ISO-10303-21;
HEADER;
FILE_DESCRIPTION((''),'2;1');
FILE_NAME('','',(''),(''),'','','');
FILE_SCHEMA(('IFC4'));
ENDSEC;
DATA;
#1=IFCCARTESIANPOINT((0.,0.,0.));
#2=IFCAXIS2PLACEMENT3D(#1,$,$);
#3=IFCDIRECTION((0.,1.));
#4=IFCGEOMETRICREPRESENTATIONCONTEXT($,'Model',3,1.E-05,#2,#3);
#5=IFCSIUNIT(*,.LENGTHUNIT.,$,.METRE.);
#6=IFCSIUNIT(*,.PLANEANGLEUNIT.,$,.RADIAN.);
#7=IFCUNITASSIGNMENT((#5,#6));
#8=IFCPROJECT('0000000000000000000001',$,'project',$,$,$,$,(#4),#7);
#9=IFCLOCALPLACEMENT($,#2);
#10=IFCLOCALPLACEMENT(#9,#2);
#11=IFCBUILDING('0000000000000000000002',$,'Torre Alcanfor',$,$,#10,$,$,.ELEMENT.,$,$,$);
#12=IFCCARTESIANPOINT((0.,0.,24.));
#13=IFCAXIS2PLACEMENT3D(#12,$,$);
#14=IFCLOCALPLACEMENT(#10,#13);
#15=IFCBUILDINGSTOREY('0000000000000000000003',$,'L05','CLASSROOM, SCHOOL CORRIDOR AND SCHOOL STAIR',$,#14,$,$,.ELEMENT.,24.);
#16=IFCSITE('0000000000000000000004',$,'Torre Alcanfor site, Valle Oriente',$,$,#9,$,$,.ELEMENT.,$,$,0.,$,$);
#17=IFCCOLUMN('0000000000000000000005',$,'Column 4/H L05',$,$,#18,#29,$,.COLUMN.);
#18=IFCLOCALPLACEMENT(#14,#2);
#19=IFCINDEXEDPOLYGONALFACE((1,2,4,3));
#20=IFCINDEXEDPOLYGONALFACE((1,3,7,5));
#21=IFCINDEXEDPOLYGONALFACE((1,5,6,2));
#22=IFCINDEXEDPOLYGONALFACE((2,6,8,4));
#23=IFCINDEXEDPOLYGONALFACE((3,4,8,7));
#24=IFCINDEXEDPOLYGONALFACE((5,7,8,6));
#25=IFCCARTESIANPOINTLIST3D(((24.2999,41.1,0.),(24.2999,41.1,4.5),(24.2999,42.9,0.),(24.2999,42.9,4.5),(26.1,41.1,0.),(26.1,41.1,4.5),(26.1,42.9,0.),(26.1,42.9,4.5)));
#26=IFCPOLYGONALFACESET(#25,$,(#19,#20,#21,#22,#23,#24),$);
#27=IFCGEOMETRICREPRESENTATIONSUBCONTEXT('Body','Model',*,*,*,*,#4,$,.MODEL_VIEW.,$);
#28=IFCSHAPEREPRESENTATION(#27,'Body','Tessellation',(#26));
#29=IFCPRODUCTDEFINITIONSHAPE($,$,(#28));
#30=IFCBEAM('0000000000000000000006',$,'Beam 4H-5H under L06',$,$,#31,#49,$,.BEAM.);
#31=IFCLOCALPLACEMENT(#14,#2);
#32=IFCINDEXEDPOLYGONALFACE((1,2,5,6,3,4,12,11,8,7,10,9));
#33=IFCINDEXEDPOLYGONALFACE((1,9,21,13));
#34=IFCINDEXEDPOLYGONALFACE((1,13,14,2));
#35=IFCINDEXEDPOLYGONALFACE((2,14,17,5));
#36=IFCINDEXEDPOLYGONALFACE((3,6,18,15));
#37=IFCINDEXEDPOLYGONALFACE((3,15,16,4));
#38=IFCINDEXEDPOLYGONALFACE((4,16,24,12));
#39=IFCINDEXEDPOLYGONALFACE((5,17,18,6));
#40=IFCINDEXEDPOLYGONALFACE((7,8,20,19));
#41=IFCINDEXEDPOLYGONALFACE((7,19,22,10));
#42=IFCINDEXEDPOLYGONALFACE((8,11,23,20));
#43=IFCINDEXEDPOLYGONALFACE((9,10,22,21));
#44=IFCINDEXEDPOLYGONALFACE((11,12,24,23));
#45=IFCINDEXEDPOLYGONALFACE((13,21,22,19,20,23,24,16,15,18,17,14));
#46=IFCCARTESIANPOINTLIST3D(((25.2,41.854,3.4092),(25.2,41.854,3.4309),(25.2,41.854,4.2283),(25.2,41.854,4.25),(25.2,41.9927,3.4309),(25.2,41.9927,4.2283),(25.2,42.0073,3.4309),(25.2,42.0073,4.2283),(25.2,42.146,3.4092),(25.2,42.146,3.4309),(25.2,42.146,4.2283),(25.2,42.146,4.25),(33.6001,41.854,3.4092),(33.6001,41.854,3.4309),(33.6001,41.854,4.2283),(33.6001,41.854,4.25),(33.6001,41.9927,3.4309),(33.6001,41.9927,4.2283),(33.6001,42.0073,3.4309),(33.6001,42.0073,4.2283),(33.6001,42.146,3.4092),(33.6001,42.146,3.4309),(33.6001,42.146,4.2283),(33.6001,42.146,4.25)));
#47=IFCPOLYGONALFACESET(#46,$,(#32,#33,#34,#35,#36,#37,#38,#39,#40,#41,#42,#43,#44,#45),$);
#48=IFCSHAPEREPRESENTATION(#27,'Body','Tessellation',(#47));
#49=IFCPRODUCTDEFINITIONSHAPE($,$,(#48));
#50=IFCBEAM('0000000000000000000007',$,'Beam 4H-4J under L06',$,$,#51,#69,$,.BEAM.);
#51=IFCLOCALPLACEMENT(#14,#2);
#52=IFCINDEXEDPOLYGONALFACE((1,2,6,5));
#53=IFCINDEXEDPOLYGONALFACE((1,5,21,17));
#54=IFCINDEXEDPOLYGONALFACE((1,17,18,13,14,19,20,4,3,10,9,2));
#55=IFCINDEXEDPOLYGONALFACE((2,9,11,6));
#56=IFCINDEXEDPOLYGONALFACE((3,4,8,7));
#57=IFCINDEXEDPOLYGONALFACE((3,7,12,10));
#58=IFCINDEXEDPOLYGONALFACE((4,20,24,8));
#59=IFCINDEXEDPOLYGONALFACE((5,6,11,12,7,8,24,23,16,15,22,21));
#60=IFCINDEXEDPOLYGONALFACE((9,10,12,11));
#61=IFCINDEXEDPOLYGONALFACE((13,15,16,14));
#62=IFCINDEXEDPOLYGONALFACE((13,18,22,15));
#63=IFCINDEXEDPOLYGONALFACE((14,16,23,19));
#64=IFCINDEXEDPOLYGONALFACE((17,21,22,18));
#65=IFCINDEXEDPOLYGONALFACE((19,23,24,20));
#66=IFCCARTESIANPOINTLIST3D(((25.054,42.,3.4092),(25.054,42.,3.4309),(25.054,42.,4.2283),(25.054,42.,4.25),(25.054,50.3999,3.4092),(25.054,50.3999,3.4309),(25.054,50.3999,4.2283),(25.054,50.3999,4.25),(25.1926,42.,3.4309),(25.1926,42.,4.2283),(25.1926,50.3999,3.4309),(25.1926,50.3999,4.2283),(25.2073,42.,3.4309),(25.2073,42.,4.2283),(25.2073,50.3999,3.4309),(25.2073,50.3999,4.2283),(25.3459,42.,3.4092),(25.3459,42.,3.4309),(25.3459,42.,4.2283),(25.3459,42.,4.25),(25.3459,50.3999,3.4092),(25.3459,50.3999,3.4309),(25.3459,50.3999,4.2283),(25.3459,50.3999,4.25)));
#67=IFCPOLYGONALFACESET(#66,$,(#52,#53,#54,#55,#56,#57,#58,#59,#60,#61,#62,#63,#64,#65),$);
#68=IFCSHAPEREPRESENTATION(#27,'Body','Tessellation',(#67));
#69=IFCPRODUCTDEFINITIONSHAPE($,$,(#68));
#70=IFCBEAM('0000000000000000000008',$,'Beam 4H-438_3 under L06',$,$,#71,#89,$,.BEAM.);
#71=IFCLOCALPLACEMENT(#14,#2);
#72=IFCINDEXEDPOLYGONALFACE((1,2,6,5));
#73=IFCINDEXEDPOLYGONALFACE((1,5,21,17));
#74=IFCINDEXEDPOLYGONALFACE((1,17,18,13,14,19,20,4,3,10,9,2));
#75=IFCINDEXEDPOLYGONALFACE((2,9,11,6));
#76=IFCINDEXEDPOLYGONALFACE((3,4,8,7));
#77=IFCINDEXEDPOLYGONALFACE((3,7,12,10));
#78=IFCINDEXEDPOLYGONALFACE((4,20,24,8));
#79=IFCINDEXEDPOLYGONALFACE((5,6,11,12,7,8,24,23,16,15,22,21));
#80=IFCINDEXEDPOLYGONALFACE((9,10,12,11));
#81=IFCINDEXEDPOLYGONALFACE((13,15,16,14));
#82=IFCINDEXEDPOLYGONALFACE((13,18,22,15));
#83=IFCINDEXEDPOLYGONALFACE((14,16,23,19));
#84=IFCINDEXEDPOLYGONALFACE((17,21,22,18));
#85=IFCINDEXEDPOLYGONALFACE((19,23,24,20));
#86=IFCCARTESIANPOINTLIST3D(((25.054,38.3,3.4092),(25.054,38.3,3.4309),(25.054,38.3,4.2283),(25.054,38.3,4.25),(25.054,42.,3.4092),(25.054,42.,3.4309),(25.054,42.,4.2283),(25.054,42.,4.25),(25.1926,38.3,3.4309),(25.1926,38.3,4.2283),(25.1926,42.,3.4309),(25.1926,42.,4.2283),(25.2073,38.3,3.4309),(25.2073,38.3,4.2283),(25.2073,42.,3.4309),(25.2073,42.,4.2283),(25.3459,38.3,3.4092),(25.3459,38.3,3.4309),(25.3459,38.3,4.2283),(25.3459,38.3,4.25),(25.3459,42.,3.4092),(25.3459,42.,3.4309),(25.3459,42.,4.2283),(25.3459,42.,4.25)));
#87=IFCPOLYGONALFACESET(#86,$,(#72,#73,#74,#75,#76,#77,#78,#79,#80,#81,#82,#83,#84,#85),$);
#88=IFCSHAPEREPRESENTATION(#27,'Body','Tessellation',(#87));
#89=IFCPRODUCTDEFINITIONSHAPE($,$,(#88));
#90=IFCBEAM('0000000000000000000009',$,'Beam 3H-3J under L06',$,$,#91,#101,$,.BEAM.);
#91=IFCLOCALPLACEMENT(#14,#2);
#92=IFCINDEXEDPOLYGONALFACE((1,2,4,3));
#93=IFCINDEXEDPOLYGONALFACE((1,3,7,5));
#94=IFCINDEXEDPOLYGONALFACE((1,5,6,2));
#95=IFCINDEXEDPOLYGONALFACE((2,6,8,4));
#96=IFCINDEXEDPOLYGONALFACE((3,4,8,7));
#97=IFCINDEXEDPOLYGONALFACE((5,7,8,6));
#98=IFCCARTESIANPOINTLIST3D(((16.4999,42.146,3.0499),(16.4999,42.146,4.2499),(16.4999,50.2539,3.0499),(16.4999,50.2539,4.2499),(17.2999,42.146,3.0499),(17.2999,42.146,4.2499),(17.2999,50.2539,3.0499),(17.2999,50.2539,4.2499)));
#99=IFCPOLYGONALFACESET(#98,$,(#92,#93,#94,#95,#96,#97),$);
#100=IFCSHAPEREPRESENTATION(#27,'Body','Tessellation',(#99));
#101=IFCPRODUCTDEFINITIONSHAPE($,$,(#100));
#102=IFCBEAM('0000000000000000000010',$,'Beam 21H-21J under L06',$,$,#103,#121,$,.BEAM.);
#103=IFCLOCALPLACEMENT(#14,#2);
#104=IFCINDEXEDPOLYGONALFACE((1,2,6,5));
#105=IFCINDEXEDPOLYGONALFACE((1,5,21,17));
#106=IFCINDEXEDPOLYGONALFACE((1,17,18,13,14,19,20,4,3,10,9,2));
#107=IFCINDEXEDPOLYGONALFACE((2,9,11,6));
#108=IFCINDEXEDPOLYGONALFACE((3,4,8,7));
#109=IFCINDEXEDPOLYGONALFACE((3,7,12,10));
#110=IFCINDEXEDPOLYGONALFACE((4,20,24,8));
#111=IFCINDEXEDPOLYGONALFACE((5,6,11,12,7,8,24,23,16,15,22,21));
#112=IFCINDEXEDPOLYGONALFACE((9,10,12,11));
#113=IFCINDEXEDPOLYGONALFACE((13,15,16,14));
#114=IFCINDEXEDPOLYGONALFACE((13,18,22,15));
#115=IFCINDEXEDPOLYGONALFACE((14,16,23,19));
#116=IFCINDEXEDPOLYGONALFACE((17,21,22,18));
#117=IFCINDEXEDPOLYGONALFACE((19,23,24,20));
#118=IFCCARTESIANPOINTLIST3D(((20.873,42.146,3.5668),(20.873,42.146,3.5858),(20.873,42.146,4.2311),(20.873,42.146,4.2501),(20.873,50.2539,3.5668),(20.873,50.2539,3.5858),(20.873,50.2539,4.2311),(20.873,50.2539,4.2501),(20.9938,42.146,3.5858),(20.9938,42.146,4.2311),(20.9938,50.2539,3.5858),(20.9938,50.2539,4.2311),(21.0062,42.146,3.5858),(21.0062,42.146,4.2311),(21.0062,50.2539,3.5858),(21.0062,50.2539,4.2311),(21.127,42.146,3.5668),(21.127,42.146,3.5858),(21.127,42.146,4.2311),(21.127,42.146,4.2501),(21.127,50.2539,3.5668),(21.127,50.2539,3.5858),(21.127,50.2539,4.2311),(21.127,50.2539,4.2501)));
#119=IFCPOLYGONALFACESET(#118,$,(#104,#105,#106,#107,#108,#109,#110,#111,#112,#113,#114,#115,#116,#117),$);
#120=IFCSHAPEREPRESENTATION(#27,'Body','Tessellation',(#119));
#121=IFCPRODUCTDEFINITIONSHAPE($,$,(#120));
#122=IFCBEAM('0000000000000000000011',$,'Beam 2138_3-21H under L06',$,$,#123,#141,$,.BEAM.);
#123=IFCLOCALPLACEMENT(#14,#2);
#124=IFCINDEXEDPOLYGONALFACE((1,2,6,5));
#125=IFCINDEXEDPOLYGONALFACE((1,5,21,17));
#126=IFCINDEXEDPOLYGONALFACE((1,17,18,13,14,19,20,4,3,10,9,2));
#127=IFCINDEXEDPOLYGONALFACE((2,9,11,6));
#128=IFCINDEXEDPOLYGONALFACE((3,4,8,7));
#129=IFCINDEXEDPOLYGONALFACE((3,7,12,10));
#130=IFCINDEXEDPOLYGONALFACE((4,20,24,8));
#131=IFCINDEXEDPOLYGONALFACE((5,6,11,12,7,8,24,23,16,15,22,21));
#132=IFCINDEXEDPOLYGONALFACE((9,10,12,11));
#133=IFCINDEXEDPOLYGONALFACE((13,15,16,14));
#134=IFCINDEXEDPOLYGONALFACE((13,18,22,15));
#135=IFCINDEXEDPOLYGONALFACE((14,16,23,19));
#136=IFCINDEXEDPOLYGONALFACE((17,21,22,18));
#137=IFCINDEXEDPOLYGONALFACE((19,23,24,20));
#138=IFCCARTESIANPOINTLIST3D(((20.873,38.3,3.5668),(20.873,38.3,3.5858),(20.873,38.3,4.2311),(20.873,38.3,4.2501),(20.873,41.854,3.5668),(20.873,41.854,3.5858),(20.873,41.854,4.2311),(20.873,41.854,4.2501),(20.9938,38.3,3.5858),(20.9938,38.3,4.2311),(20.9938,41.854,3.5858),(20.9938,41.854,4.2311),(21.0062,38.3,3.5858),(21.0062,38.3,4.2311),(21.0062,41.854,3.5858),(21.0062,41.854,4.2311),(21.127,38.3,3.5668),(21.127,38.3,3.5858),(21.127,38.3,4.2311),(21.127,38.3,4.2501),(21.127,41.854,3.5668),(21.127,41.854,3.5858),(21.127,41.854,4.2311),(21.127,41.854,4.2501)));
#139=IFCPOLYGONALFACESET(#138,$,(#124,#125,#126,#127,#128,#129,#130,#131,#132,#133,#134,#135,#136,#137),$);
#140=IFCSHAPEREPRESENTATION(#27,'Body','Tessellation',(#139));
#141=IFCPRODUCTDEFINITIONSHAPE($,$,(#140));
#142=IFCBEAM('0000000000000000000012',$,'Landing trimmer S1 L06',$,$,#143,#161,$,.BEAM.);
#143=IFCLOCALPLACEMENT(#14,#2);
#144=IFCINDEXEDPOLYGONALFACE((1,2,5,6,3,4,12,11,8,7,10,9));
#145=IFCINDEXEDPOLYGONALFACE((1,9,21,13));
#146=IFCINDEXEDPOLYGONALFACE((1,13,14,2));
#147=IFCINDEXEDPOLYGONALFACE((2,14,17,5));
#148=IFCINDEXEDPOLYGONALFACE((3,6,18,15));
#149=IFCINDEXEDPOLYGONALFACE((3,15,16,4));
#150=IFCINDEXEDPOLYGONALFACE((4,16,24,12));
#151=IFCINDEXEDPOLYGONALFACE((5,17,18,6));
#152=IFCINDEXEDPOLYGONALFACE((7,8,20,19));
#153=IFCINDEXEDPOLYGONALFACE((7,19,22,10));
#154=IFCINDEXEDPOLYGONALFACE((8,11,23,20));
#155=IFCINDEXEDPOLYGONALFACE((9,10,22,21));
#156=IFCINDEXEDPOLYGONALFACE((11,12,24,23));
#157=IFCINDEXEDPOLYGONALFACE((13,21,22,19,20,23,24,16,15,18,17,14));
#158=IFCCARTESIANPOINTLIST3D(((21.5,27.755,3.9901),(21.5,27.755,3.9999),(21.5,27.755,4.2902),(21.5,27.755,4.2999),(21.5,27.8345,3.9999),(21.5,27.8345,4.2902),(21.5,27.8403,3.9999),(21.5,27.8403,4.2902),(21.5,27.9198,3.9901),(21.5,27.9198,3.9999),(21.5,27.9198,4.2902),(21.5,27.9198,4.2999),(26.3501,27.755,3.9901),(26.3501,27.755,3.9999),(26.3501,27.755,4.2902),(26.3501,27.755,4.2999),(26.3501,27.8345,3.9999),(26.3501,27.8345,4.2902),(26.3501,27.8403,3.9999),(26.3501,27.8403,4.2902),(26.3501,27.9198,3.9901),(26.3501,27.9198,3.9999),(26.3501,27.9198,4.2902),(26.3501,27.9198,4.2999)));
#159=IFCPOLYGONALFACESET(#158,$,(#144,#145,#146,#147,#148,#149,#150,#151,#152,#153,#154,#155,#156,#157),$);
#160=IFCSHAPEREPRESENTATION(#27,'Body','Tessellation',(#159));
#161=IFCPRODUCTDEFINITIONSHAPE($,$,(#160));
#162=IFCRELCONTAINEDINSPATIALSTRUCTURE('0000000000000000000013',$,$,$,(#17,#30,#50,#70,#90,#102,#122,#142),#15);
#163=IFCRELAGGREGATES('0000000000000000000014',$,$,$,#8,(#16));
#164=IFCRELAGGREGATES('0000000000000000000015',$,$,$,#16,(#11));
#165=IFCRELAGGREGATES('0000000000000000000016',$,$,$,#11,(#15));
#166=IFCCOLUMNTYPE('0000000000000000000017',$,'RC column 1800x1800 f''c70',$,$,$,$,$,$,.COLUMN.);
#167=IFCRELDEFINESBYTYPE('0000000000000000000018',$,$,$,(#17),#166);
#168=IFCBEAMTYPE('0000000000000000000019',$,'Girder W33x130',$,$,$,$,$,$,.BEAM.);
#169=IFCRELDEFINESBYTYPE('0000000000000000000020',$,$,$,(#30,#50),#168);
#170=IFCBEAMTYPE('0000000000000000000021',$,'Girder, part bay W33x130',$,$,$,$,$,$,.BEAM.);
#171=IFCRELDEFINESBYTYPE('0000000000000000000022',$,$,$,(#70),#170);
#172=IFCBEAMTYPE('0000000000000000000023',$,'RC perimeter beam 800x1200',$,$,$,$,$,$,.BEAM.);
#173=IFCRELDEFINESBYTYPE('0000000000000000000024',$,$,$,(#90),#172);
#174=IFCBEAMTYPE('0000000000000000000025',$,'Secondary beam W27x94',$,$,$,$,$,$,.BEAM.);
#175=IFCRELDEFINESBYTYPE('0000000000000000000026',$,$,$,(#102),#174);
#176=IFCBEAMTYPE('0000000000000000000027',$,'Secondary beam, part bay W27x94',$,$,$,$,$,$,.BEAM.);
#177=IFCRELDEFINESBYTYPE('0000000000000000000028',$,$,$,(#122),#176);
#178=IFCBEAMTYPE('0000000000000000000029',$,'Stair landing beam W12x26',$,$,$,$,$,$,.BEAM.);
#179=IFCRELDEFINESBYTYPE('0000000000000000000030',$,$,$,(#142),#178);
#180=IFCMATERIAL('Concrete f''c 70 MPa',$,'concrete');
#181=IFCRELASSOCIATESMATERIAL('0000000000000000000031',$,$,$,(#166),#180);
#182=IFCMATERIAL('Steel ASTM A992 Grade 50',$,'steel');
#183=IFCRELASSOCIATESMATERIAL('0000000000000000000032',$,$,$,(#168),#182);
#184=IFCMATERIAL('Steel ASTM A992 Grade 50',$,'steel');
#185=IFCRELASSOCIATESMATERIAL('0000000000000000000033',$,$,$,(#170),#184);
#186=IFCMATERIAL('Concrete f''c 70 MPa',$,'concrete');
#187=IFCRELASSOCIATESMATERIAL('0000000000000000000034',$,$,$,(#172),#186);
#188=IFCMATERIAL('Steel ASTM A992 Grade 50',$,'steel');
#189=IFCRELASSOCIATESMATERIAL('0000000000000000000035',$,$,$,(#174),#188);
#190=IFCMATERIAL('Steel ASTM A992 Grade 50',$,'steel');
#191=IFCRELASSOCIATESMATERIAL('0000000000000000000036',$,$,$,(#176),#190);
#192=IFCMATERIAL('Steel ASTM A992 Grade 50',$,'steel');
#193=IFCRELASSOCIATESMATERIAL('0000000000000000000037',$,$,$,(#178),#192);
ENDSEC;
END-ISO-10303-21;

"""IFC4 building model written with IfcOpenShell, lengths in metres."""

from ifc_helpers import new_model, si_unit, direction, frame, origin, origin_2d, place, context, subcontext, project, spatial, rectangle, i_section, extrude, material, material_profile, profile_set, type_object, element, save


model = new_model("IFC4")

# Units and contexts
model_context = context("Model", 3, precision=1e-05, world=origin(), true_north=direction((0.0, 1.0)))
body_context = subcontext(model_context, "Body", "Model", "MODEL_VIEW")
ifc_project = project(units=[si_unit("LENGTHUNIT", "METRE"), si_unit("PLANEANGLEUNIT", "RADIAN")], contexts=[model_context])

# Site, building, storey
site_placement = place(None, origin())
site = spatial("IfcSite", under=ifc_project, at=site_placement, Name="Torre Alcanfor site, Valle Oriente", CompositionType="ELEMENT", RefElevation=0.0)
building_placement = place(site_placement, origin())
building = spatial("IfcBuilding", under=site, at=building_placement, Name="Torre Alcanfor", CompositionType="ELEMENT")
storey_placement = place(building_placement, frame((0.0, 0.0, 24.0)))
storey = spatial("IfcBuildingStorey", under=building, at=storey_placement, Name="L05", Description="CLASSROOM, SCHOOL CORRIDOR AND SCHOOL STAIR", CompositionType="ELEMENT", Elevation=24.0)

# Column
ifc_material_1 = material(Name="Concrete f'c 70 MPa", Category="concrete")
ifc_material_profile_1 = material_profile(ifc_material_1, rectangle(XDim=1.8, YDim=1.8, at=origin_2d()), Name="1800x1800")
ifc_profile_set_1 = profile_set([ifc_material_profile_1], Name="Concrete f'c 70 MPa")
column_type = type_object("IfcColumnType", Name="RC column 1800x1800 f'c70", PredefinedType="COLUMN", material=ifc_profile_set_1)
column_placement = place(storey_placement, frame((25.2, 42.0, 0.0), z_axis=(0.0, 0.0, 1.0), x_axis=(1.0, 0.0, 0.0)))
element("IfcColumn", 1, at=column_placement, inside=storey, type_object=column_type, Name="Column 4/H L05", PredefinedType="COLUMN", context=body_context, shape_type="SweptSolid", body=[
    extrude(rectangle(XDim=1.8, YDim=1.8, at=origin_2d()), origin(), (0.0, 0.0, 1.0), 4.5),
])

# Beams
ifc_material_2 = material(Name="Steel ASTM A992 Grade 50", Category="steel")
ifc_material_profile_2 = material_profile(ifc_material_2, i_section(OverallWidth=0.292, OverallDepth=0.8408, WebThickness=0.0146, FlangeThickness=0.0217, at=origin_2d()), Name="W33x130")
ifc_profile_set_2 = profile_set([ifc_material_profile_2], Name="Steel ASTM A992 Grade 50")
beam_type_1 = type_object("IfcBeamType", Name="Girder W33x130", PredefinedType="BEAM", material=ifc_profile_set_2)
beam_1_placement = place(storey_placement, frame((25.2, 42.0, 3.8296), z_axis=(1.0, 0.0, 0.0), x_axis=(0.0, 1.0, 0.0)))
element("IfcBeam", 2, at=beam_1_placement, inside=storey, type_object=beam_type_1, Name="Beam 4H-5H under L06", PredefinedType="BEAM", context=body_context, shape_type="SweptSolid", body=[
    extrude(i_section(OverallWidth=0.292, OverallDepth=0.8408, WebThickness=0.0146, FlangeThickness=0.0217, at=origin_2d()), origin(), (0.0, 0.0, 1.0), 8.4001),
])
beam_2_placement = place(storey_placement, frame((25.2, 42.0, 3.8296), z_axis=(0.0, 1.0, 0.0), x_axis=(-1.0, 0.0, 0.0)))
element("IfcBeam", 3, at=beam_2_placement, inside=storey, type_object=beam_type_1, Name="Beam 4H-4J under L06", PredefinedType="BEAM", context=body_context, shape_type="SweptSolid", body=[
    extrude(i_section(OverallWidth=0.292, OverallDepth=0.8408, WebThickness=0.0146, FlangeThickness=0.0217, at=origin_2d()), origin(), (0.0, 0.0, 1.0), 8.3999),
])
ifc_material_3 = material(Name="Steel ASTM A992 Grade 50", Category="steel")
ifc_material_profile_3 = material_profile(ifc_material_3, i_section(OverallWidth=0.292, OverallDepth=0.8408, WebThickness=0.0146, FlangeThickness=0.0217, at=origin_2d()), Name="W33x130")
ifc_profile_set_3 = profile_set([ifc_material_profile_3], Name="Steel ASTM A992 Grade 50")
beam_type_2 = type_object("IfcBeamType", Name="Girder, part bay W33x130", PredefinedType="BEAM", material=ifc_profile_set_3)
beam_3_placement = place(storey_placement, frame((25.2, 42.0, 3.8296), z_axis=(0.0, -1.0, 0.0), x_axis=(1.0, 0.0, 0.0)))
element("IfcBeam", 4, at=beam_3_placement, inside=storey, type_object=beam_type_2, Name="Beam 4H-438_3 under L06", PredefinedType="BEAM", context=body_context, shape_type="SweptSolid", body=[
    extrude(i_section(OverallWidth=0.292, OverallDepth=0.8408, WebThickness=0.0146, FlangeThickness=0.0217, at=origin_2d()), origin(), (0.0, 0.0, 1.0), 3.7),
])
ifc_material_4 = material(Name="Concrete f'c 70 MPa", Category="concrete")
ifc_material_profile_4 = material_profile(ifc_material_4, rectangle(XDim=0.8, YDim=1.2, at=origin_2d()), Name="800x1200")
ifc_profile_set_4 = profile_set([ifc_material_profile_4], Name="Concrete f'c 70 MPa")
beam_type_3 = type_object("IfcBeamType", Name="RC perimeter beam 800x1200", PredefinedType="BEAM", material=ifc_profile_set_4)
beam_4_placement = place(storey_placement, frame((16.8999, 42.146, 3.6499), z_axis=(0.0, 1.0, 0.0), x_axis=(-1.0, 0.0, 0.0)))
element("IfcBeam", 5, at=beam_4_placement, inside=storey, type_object=beam_type_3, Name="Beam 3H-3J under L06", PredefinedType="BEAM", context=body_context, shape_type="SweptSolid", body=[
    extrude(rectangle(XDim=0.8, YDim=1.2, at=origin_2d()), origin(), (0.0, 0.0, 1.0), 8.1079),
])
ifc_material_5 = material(Name="Steel ASTM A992 Grade 50", Category="steel")
ifc_material_profile_5 = material_profile(ifc_material_5, i_section(OverallWidth=0.2539, OverallDepth=0.6833, WebThickness=0.0125, FlangeThickness=0.019, at=origin_2d()), Name="W27x94")
ifc_profile_set_5 = profile_set([ifc_material_profile_5], Name="Steel ASTM A992 Grade 50")
beam_type_4 = type_object("IfcBeamType", Name="Secondary beam W27x94", PredefinedType="BEAM", material=ifc_profile_set_5)
beam_5_placement = place(storey_placement, frame((21.0, 42.146, 3.9084), z_axis=(0.0, 1.0, 0.0), x_axis=(-1.0, 0.0, 0.0)))
element("IfcBeam", 6, at=beam_5_placement, inside=storey, type_object=beam_type_4, Name="Beam 21H-21J under L06", PredefinedType="BEAM", context=body_context, shape_type="SweptSolid", body=[
    extrude(i_section(OverallWidth=0.2539, OverallDepth=0.6833, WebThickness=0.0125, FlangeThickness=0.019, at=origin_2d()), origin(), (0.0, 0.0, 1.0), 8.1079),
])
ifc_material_6 = material(Name="Steel ASTM A992 Grade 50", Category="steel")
ifc_material_profile_6 = material_profile(ifc_material_6, i_section(OverallWidth=0.2539, OverallDepth=0.6833, WebThickness=0.0125, FlangeThickness=0.019, at=origin_2d()), Name="W27x94")
ifc_profile_set_6 = profile_set([ifc_material_profile_6], Name="Steel ASTM A992 Grade 50")
beam_type_5 = type_object("IfcBeamType", Name="Secondary beam, part bay W27x94", PredefinedType="BEAM", material=ifc_profile_set_6)
beam_6_placement = place(storey_placement, frame((21.0, 38.3, 3.9084), z_axis=(0.0, 1.0, 0.0), x_axis=(-1.0, 0.0, 0.0)))
element("IfcBeam", 7, at=beam_6_placement, inside=storey, type_object=beam_type_5, Name="Beam 2138_3-21H under L06", PredefinedType="BEAM", context=body_context, shape_type="SweptSolid", body=[
    extrude(i_section(OverallWidth=0.2539, OverallDepth=0.6833, WebThickness=0.0125, FlangeThickness=0.019, at=origin_2d()), origin(), (0.0, 0.0, 1.0), 3.554),
])
ifc_material_7 = material(Name="Steel ASTM A992 Grade 50", Category="steel")
ifc_material_profile_7 = material_profile(ifc_material_7, i_section(OverallWidth=0.1648, OverallDepth=0.3098, WebThickness=0.0059, FlangeThickness=0.0098, at=origin_2d()), Name="W12x26")
ifc_profile_set_7 = profile_set([ifc_material_profile_7], Name="Steel ASTM A992 Grade 50")
beam_type_6 = type_object("IfcBeamType", Name="Stair landing beam W12x26", PredefinedType="BEAM", material=ifc_profile_set_7)
beam_7_placement = place(storey_placement, frame((21.5, 27.8374, 4.145), z_axis=(1.0, 0.0, 0.0), x_axis=(0.0, 1.0, 0.0)))
element("IfcBeam", 8, at=beam_7_placement, inside=storey, type_object=beam_type_6, Name="Landing trimmer S1 L06", PredefinedType="BEAM", context=body_context, shape_type="SweptSolid", body=[
    extrude(i_section(OverallWidth=0.1648, OverallDepth=0.3098, WebThickness=0.0059, FlangeThickness=0.0098, at=origin_2d()), origin(), (0.0, 0.0, 1.0), 4.8501),
])

save(model, "model.ifc")
